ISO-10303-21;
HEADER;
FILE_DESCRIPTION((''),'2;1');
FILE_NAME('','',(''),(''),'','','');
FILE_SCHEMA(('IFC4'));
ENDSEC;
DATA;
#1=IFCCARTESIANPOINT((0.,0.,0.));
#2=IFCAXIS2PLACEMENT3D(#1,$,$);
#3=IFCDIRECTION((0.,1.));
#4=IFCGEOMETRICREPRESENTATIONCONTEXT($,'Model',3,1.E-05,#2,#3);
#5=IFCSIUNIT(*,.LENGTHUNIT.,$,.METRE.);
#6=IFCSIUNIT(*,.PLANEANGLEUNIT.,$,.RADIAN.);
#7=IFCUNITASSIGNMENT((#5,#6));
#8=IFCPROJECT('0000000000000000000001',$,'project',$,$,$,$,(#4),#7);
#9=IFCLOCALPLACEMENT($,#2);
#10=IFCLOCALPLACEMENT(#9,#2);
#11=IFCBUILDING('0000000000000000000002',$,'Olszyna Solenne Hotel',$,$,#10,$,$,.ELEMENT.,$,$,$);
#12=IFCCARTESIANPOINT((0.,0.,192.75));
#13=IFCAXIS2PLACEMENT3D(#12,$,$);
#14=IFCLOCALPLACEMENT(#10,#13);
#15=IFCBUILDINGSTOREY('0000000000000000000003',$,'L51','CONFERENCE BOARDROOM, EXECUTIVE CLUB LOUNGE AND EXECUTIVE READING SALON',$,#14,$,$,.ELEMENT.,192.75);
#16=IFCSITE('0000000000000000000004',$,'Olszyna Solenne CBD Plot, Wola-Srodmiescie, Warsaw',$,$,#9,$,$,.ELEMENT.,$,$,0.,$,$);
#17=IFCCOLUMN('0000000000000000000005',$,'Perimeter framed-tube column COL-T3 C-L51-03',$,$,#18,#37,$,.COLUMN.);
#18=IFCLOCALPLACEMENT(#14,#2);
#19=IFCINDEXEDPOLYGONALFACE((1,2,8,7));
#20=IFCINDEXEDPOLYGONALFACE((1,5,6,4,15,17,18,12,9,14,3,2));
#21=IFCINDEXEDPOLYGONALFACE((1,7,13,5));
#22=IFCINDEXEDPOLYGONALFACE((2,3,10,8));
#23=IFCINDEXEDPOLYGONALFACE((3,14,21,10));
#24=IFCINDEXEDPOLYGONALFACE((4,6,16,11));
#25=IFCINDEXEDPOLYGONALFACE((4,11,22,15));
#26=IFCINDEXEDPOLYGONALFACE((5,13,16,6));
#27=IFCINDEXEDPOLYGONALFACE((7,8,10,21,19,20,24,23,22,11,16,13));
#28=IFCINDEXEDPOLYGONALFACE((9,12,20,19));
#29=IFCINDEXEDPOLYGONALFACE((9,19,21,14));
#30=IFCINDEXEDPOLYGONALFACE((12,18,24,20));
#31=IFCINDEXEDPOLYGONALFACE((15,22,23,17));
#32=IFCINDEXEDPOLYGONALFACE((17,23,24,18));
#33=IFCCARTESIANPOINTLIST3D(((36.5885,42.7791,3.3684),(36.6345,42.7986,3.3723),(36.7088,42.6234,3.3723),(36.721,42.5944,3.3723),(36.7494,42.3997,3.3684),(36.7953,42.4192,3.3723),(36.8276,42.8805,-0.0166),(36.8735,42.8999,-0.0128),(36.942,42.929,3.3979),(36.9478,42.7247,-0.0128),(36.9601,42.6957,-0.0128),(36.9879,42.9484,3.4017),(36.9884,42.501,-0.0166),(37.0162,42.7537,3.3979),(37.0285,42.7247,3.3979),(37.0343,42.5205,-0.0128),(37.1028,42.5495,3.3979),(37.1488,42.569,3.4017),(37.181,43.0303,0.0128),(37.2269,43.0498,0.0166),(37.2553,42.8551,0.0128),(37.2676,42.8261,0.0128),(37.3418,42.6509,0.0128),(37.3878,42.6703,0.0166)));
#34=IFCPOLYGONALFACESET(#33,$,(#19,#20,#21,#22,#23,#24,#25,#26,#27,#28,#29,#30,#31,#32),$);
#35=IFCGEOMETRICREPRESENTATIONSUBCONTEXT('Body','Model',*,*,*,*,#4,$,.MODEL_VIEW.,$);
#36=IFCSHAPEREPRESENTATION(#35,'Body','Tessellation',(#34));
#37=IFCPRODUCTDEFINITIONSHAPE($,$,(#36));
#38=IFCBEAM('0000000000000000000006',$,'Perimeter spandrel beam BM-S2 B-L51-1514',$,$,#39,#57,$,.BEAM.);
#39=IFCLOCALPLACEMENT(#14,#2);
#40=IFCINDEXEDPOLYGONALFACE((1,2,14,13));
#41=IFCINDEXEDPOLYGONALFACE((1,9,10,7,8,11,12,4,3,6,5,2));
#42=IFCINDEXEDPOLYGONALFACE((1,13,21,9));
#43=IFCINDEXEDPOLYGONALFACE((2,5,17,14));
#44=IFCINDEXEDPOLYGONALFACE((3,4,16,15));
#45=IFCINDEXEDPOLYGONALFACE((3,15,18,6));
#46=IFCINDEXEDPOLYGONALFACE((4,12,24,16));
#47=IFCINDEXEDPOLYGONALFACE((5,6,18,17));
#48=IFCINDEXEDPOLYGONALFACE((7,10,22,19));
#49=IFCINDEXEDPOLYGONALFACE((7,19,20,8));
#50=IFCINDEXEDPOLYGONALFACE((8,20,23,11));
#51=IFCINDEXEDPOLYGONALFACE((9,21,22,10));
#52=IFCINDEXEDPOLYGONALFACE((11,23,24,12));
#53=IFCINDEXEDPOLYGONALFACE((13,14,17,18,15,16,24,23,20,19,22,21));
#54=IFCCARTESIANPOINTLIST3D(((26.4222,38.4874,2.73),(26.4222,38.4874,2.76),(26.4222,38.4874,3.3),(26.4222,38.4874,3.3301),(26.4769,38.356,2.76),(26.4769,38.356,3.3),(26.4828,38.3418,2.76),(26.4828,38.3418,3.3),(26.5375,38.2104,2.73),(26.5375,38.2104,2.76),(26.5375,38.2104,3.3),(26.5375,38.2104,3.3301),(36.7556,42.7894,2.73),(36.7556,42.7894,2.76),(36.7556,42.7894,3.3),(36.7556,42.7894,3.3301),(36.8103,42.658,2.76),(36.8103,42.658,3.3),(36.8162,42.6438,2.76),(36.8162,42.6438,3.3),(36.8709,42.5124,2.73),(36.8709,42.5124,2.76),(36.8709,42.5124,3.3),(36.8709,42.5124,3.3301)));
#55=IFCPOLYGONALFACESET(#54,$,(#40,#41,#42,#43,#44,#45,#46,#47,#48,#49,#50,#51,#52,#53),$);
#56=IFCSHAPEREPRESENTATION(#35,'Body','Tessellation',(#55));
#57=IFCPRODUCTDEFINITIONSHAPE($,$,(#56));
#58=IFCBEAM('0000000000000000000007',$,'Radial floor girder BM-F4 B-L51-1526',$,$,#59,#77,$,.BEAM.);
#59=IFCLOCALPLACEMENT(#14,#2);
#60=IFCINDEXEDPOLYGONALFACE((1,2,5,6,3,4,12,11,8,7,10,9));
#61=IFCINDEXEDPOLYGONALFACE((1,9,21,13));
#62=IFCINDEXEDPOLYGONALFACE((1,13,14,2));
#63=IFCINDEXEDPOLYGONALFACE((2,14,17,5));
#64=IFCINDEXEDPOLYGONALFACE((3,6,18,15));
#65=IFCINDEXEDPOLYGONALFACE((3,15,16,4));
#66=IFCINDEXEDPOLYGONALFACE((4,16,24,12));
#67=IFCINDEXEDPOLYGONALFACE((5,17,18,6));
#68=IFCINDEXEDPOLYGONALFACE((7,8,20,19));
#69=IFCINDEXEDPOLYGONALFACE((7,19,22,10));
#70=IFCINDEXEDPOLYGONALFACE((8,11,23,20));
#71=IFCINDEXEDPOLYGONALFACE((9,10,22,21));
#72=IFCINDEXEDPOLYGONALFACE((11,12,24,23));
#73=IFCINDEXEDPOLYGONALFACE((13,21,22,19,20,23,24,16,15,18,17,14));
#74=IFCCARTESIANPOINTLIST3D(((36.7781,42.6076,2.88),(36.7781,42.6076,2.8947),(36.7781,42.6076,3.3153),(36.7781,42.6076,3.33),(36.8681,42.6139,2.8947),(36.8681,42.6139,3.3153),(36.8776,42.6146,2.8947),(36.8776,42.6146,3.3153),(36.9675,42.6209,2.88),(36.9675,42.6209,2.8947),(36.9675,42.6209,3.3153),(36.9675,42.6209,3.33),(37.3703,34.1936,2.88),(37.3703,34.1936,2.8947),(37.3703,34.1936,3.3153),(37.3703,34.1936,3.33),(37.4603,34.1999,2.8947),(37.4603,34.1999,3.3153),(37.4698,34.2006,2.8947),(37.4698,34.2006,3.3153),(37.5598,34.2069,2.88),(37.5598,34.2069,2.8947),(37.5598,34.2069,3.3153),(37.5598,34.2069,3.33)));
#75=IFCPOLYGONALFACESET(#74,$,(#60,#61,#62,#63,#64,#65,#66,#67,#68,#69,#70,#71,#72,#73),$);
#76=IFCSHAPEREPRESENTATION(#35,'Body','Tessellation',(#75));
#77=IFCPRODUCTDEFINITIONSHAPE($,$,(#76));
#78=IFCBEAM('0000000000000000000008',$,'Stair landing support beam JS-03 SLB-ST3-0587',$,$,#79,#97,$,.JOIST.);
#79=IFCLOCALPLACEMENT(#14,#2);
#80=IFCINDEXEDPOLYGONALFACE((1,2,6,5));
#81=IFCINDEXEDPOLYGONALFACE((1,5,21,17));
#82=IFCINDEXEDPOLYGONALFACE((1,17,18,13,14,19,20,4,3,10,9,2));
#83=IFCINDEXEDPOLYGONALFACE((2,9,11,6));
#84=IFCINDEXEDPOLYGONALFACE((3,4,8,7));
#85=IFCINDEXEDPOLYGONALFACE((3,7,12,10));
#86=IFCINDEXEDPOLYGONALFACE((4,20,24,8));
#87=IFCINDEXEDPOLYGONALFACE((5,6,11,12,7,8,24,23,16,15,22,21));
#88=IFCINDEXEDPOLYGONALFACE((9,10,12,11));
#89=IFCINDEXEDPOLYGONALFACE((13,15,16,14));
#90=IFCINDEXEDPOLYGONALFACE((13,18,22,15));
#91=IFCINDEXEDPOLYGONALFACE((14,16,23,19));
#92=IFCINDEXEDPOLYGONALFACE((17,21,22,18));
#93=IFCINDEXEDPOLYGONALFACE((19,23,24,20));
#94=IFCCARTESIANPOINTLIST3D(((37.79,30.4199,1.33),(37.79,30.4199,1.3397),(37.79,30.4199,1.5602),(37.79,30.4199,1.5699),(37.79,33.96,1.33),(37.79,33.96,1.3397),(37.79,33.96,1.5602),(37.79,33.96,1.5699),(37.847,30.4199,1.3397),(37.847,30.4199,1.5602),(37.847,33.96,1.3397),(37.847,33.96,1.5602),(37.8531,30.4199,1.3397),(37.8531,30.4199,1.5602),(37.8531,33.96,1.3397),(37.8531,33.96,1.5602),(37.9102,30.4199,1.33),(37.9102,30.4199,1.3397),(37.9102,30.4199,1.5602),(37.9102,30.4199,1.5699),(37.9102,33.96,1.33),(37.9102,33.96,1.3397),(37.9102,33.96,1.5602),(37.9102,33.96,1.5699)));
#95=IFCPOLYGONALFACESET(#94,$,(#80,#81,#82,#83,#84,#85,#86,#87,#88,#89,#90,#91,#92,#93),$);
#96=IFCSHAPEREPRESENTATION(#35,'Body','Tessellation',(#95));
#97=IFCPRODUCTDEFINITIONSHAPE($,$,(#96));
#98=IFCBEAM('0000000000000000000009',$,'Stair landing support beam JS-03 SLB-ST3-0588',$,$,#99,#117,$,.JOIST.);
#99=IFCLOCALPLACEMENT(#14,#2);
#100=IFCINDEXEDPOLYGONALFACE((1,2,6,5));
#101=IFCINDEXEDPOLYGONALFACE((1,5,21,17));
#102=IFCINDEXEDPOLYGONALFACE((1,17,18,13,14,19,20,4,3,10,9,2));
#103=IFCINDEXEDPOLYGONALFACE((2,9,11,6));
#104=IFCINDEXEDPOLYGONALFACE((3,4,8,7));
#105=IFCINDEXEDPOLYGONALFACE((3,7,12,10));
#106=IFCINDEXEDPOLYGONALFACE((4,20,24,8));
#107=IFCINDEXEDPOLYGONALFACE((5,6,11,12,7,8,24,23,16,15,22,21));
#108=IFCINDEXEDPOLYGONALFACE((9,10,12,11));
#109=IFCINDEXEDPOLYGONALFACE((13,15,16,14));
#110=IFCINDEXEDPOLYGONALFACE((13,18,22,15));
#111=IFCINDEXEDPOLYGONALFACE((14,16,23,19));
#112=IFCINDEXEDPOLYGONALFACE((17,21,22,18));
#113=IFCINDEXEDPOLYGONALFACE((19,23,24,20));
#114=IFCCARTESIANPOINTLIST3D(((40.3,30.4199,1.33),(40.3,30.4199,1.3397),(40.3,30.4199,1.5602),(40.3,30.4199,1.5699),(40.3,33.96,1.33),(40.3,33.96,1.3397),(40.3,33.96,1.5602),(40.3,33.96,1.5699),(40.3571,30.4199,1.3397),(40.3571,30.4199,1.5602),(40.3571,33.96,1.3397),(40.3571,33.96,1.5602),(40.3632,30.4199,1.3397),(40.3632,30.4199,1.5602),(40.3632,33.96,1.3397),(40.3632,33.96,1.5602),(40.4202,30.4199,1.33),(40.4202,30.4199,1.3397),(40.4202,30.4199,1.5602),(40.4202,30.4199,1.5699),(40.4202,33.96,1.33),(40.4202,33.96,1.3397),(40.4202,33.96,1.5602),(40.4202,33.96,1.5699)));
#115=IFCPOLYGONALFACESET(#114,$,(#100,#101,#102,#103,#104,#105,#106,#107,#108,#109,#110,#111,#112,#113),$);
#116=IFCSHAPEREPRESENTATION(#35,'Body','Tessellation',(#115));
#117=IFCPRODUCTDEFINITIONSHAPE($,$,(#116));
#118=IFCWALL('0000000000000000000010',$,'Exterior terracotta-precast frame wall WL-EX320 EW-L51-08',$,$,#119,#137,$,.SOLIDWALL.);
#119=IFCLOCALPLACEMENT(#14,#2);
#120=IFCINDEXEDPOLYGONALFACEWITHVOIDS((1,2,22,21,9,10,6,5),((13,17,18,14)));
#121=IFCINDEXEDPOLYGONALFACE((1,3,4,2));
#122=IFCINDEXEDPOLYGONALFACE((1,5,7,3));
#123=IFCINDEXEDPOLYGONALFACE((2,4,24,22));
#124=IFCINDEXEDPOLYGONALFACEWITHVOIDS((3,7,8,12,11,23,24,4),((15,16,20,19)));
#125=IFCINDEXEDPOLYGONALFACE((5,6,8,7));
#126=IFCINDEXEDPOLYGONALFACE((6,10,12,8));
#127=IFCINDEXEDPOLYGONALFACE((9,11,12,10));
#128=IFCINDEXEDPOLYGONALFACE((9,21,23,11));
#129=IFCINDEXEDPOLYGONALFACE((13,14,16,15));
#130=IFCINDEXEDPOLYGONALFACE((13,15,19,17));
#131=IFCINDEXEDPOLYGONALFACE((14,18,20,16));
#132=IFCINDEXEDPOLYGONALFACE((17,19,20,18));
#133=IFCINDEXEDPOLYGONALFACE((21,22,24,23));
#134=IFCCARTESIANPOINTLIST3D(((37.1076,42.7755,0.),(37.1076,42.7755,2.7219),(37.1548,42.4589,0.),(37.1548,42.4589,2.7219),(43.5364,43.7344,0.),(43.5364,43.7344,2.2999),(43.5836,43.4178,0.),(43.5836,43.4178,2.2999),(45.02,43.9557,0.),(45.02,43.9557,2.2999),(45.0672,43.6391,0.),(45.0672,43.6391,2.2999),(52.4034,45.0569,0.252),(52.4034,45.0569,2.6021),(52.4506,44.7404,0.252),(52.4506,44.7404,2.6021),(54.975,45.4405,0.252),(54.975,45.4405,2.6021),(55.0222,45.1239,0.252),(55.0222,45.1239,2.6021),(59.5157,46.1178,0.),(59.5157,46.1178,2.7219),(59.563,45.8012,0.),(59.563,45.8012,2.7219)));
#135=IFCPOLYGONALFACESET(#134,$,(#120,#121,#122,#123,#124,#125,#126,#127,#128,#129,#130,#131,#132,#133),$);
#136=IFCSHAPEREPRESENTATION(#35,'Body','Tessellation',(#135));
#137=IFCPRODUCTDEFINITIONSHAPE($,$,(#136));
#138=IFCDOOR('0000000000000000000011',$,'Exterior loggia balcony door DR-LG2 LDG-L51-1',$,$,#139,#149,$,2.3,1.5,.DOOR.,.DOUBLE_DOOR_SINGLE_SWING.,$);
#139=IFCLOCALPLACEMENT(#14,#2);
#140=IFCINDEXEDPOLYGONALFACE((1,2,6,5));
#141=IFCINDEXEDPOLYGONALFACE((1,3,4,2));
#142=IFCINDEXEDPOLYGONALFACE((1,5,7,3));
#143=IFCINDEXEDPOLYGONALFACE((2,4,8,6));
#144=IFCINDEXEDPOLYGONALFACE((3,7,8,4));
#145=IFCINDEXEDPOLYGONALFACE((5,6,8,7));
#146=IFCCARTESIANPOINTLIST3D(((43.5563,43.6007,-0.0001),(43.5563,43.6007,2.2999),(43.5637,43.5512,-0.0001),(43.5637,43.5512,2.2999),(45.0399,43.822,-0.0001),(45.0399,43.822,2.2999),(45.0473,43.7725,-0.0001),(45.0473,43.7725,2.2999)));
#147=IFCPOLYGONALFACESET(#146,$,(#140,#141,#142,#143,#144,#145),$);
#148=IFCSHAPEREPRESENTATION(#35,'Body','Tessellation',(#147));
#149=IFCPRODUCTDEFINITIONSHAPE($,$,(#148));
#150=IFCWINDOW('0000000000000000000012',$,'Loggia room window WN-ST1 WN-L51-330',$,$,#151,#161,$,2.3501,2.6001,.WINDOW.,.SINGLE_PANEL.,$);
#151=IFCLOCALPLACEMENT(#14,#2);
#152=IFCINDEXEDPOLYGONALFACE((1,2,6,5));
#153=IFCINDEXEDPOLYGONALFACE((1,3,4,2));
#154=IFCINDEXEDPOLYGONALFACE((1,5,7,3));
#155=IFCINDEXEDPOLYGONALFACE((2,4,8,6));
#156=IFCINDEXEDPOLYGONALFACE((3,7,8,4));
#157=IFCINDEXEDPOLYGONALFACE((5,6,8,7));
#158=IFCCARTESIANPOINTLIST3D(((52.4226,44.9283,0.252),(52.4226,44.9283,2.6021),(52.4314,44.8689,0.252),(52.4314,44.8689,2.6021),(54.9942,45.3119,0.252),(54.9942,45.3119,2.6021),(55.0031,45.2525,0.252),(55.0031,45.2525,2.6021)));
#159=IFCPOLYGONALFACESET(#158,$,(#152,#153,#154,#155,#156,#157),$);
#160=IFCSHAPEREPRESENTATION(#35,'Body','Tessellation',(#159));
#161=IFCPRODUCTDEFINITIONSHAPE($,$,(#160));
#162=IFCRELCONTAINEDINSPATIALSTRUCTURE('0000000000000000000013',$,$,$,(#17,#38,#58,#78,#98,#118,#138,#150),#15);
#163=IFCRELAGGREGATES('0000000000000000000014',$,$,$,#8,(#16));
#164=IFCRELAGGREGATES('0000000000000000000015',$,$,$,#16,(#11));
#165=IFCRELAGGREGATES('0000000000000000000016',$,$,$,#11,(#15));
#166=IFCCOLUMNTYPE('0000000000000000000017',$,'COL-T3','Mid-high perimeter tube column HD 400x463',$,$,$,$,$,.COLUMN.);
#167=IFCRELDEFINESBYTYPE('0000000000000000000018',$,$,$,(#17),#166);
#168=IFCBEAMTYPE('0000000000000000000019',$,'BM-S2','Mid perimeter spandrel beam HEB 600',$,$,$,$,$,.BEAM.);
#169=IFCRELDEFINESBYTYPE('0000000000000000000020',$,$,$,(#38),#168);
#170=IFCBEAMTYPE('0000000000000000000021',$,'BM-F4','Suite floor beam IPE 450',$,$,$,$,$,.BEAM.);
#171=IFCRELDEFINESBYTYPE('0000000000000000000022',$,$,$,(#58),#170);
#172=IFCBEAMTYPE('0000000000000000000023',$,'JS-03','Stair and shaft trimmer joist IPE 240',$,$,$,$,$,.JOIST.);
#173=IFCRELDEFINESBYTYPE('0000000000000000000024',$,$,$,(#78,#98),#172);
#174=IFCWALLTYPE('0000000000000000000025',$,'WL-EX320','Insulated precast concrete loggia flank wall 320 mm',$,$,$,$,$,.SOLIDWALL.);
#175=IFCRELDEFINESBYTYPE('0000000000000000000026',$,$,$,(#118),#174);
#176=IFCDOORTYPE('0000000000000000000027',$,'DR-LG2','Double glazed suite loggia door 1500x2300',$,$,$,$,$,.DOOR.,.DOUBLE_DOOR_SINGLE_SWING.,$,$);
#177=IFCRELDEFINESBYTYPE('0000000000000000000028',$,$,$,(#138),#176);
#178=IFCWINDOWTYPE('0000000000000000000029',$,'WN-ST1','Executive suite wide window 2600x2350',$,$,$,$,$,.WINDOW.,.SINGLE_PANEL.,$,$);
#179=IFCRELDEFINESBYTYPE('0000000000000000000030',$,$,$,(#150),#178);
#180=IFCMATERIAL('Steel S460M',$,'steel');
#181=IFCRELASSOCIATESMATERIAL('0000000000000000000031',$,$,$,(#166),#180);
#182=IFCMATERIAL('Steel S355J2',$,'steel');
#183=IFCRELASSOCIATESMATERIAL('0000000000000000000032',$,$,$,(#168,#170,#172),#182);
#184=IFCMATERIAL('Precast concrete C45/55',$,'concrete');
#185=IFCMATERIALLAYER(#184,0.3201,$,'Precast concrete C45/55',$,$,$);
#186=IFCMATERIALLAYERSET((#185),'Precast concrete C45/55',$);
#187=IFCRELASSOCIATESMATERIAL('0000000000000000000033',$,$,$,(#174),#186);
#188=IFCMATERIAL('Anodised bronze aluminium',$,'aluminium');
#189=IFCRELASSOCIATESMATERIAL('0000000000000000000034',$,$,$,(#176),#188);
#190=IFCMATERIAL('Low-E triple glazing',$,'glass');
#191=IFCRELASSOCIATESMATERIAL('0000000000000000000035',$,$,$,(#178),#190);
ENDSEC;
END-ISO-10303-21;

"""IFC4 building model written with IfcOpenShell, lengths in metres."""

from ifc_helpers import new_model, si_unit, direction, frame, frame_2d, origin, origin_2d, place, context, subcontext, project, spatial, rectangle, i_section, extrude, source, transform, mapped, material, layer, layer_set, material_profile, profile_set, type_object, type_shapes, element, fill, save


model = new_model("IFC4")

# Units and contexts
model_context = context("Model", 3, precision=1e-05, world=origin(), true_north=direction((0.0, 1.0)))
body_context = subcontext(model_context, "Body", "Model", "MODEL_VIEW")
ifc_project = project(units=[si_unit("LENGTHUNIT", "METRE"), si_unit("PLANEANGLEUNIT", "RADIAN")], contexts=[model_context])

# Site, building, storey
site_placement = place(None, origin())
site = spatial("IfcSite", under=ifc_project, at=site_placement, Name="Olszyna Solenne CBD Plot, Wola-Srodmiescie, Warsaw", CompositionType="ELEMENT", RefElevation=0.0)
building_placement = place(site_placement, origin())
building = spatial("IfcBuilding", under=site, at=building_placement, Name="Olszyna Solenne Hotel", CompositionType="ELEMENT")
storey_placement = place(building_placement, frame((0.0, 0.0, 192.75)))
storey = spatial("IfcBuildingStorey", under=building, at=storey_placement, Name="L51", Description="CONFERENCE BOARDROOM, EXECUTIVE CLUB LOUNGE AND EXECUTIVE READING SALON", CompositionType="ELEMENT", Elevation=192.75)

# Column
ifc_material_1 = material(Name="Steel S460M", Category="steel")
ifc_material_profile_1 = material_profile(ifc_material_1, i_section(OverallWidth=0.4121, OverallDepth=0.4351, WebThickness=0.0315, FlangeThickness=0.05, at=origin_2d()), Name="HD 400x463", Category="load-bearing")
ifc_profile_set_1 = profile_set([ifc_material_profile_1], Name="Steel S460M")
column_type = type_object("IfcColumnType", Name="COL-T3", Description="Mid-high perimeter tube column HD 400x463", PredefinedType="COLUMN", material=ifc_profile_set_1)
shared_shape_1 = source(origin(), body_context, "Body", "SweptSolid", [
    extrude(i_section(OverallWidth=0.4121, OverallDepth=0.4351, WebThickness=0.0315, FlangeThickness=0.05, at=origin_2d()), origin(), (0.0, 0.0, 1.0), 3.395),
])
column_placement = place(storey_placement, frame((37.1077, 42.7754, 0.0), z_axis=(-0.070403, -0.029844, 0.997072), x_axis=(0.390284, -0.920694, 0.0)))
element("IfcColumn", 1, at=column_placement, inside=storey, type_object=column_type, Name="Perimeter framed-tube column COL-T3 C-L51-03", PredefinedType="COLUMN", context=body_context, shape_type="MappedRepresentation", body=[
    mapped(shared_shape_1, transform((0.0, 0.0, 0.0), x_axis=(1.0, 0.0, 0.0), y_axis=(0.0, 1.0, 0.0), z_axis=(0.0, 0.0, 1.0), scale=1.0)),
])

# Beams
ifc_material_2 = material(Name="Steel S355J2", Category="steel")
ifc_material_profile_2 = material_profile(ifc_material_2, i_section(OverallWidth=0.3, OverallDepth=0.6001, WebThickness=0.0154, FlangeThickness=0.03, at=origin_2d()), Name="HEB 600", Category="load-bearing")
ifc_profile_set_2 = profile_set([ifc_material_profile_2], Name="Steel S355J2")
beam_type_1 = type_object("IfcBeamType", Name="BM-S2", Description="Mid perimeter spandrel beam HEB 600", PredefinedType="BEAM", material=ifc_profile_set_2)
shared_shape_2 = source(origin(), body_context, "Body", "SweptSolid", [
    extrude(i_section(OverallWidth=0.3, OverallDepth=0.6001, WebThickness=0.0154, FlangeThickness=0.03, at=origin_2d()), origin(), (0.0, 0.0, 1.0), 11.1931),
])
beam_1_placement = place(storey_placement, frame((36.8132, 42.6509, 3.03), z_axis=(-0.923192, -0.38434, 0.0), x_axis=(0.38434, -0.923192, 0.0)))
element("IfcBeam", 2, at=beam_1_placement, inside=storey, type_object=beam_type_1, Name="Perimeter spandrel beam BM-S2 B-L51-1514", PredefinedType="BEAM", context=body_context, shape_type="MappedRepresentation", body=[
    mapped(shared_shape_2, transform((0.0, 0.0, 0.0), x_axis=(1.0, 0.0, 0.0), y_axis=(0.0, 1.0, 0.0), z_axis=(0.0, 0.0, 1.0), scale=1.0)),
])
ifc_material_profile_3 = material_profile(ifc_material_2, i_section(OverallWidth=0.1899, OverallDepth=0.45, WebThickness=0.0095, FlangeThickness=0.0146, at=origin_2d()), Name="IPE 450", Category="load-bearing")
ifc_profile_set_3 = profile_set([ifc_material_profile_3], Name="Steel S355J2")
beam_type_2 = type_object("IfcBeamType", Name="BM-F4", Description="Suite floor beam IPE 450", PredefinedType="BEAM", material=ifc_profile_set_3)
shared_shape_3 = source(origin(), body_context, "Body", "SweptSolid", [
    extrude(i_section(OverallWidth=0.1899, OverallDepth=0.45, WebThickness=0.0095, FlangeThickness=0.0146, at=origin_2d()), origin(), (0.0, 0.0, 1.0), 8.4348),
])
beam_2_placement = place(storey_placement, frame((36.8728, 42.6143, 3.105), z_axis=(0.070219, -0.997532, 0.0), x_axis=(0.997532, 0.070219, 0.0)))
element("IfcBeam", 3, at=beam_2_placement, inside=storey, type_object=beam_type_2, Name="Radial floor girder BM-F4 B-L51-1526", PredefinedType="BEAM", context=body_context, shape_type="MappedRepresentation", body=[
    mapped(shared_shape_3, transform((0.0, 0.0, 0.0), x_axis=(1.0, 0.0, 0.0), y_axis=(0.0, 1.0, 0.0), z_axis=(0.0, 0.0, 1.0), scale=1.0)),
])
ifc_material_profile_4 = material_profile(ifc_material_2, i_section(OverallWidth=0.1201, OverallDepth=0.24, WebThickness=0.0061, FlangeThickness=0.0098, at=origin_2d()), Name="IPE 240", Category="load-bearing")
ifc_profile_set_4 = profile_set([ifc_material_profile_4], Name="Steel S355J2")
beam_type_3 = type_object("IfcBeamType", Name="JS-03", Description="Stair and shaft trimmer joist IPE 240", PredefinedType="JOIST", material=ifc_profile_set_4)
shared_shape_4 = source(origin(), body_context, "Body", "SweptSolid", [
    extrude(i_section(OverallWidth=0.1201, OverallDepth=0.24, WebThickness=0.0061, FlangeThickness=0.0098, at=origin_2d()), origin(), (0.0, 0.0, 1.0), 3.54),
])
for number, where, z_axis, x_axis, name in (
    (4, (37.8501, 30.4199, 1.45), (0.0, 1.0, 0.0), (-1.0, 0.0, 0.0), "Stair landing support beam JS-03 SLB-ST3-0587"),
    (5, (40.3601, 30.4199, 1.45), (0.0, 1.0, 0.0), (-1.0, 0.0, 0.0), "Stair landing support beam JS-03 SLB-ST3-0588"),
):
    element("IfcBeam", number, at=place(storey_placement, frame(where, z_axis=z_axis, x_axis=x_axis)), inside=storey, type_object=beam_type_3, Name=name, PredefinedType="JOIST", context=body_context, shape_type="MappedRepresentation", body=[
        mapped(shared_shape_4, transform((0.0, 0.0, 0.0), x_axis=(1.0, 0.0, 0.0), y_axis=(0.0, 1.0, 0.0), z_axis=(0.0, 0.0, 1.0), scale=1.0)),
    ])

# Wall, openings, door, window
ifc_material_3 = material(Name="Precast concrete C45/55", Category="concrete")
ifc_layer_1 = layer(ifc_material_3, 0.3201, Name="Precast concrete C45/55")
ifc_layer_set_1 = layer_set([ifc_layer_1], Name="Precast concrete C45/55")
wall_type_1 = type_object("IfcWallType", Name="WL-EX320", Description="Insulated precast concrete loggia flank wall 320 mm", PredefinedType="SOLIDWALL", material=ifc_layer_set_1)
wall_1_placement = place(storey_placement, frame((37.1311, 42.6172, 0.0), z_axis=(0.0, 0.0, 1.0), x_axis=(0.989059, 0.147523, 0.0)))
wall_1 = element("IfcWall", 6, at=wall_1_placement, inside=storey, type_object=wall_type_1, Name="Exterior terracotta-precast frame wall WL-EX320 EW-L51-08", PredefinedType="SOLIDWALL", context=body_context, shape_type="SweptSolid", body=[
    extrude(rectangle(XDim=22.656, YDim=0.3201, at=frame_2d((11.3281, 0.0))), origin(), (0.0, 0.0, 1.0), 2.7219),
])
opening_1_placement = place(wall_1_placement, frame((6.5, 0.0, 0.0)))
opening_1 = element("IfcOpeningElement", 7, at=opening_1_placement, cuts=wall_1, PredefinedType="OPENING", context=body_context, shape_type="SweptSolid", body=[
    extrude(rectangle(XDim=1.5, YDim=2.3, at=frame_2d((0.75, 1.1499))), frame((0.0, 0.1699, 0.0), z_axis=(0.0, -1.0, 0.0), x_axis=(1.0, 0.0, 0.0)), (0.0, 0.0, 1.0), 0.3401),
])
opening_2_placement = place(wall_1_placement, frame((15.4651, 0.0, 0.252)))
opening_2 = element("IfcOpeningElement", 8, at=opening_2_placement, cuts=wall_1, PredefinedType="OPENING", context=body_context, shape_type="SweptSolid", body=[
    extrude(rectangle(XDim=2.6001, YDim=2.3501, at=frame_2d((1.3, 1.175))), frame((0.0, 0.1699, 0.0), z_axis=(0.0, -1.0, 0.0), x_axis=(1.0, 0.0, 0.0)), (0.0, 0.0, 1.0), 0.3401),
])
ifc_material_4 = material(Name="Anodised bronze aluminium", Category="aluminium")
door_type_1 = type_object("IfcDoorType", Name="DR-LG2", Description="Double glazed suite loggia door 1500x2300", OperationType="DOUBLE_DOOR_SINGLE_SWING", PredefinedType="DOOR", material=ifc_material_4)
shared_shape_5 = source(origin(), body_context, "Body", "SweptSolid", [
    extrude(rectangle(XDim=1.5, YDim=2.3, at=frame_2d((0.75, 1.1499))), frame((0.0, 0.0249, 0.0), z_axis=(0.0, -1.0, 0.0), x_axis=(1.0, 0.0, 0.0)), (0.0, 0.0, 1.0), 0.05),
])
type_shapes(door_type_1, [shared_shape_5])
door_1_placement = place(opening_1_placement, origin())
door_1 = element("IfcDoor", 9, at=door_1_placement, inside=storey, type_object=door_type_1, Name="Exterior loggia balcony door DR-LG2 LDG-L51-1", OperationType="DOUBLE_DOOR_SINGLE_SWING", OverallHeight=2.3, OverallWidth=1.5, PredefinedType="DOOR", context=body_context, shape_type="MappedRepresentation", body=[
    mapped(shared_shape_5, transform((0.0, 0.0, 0.0), x_axis=(1.0, 0.0, 0.0), y_axis=(0.0, 1.0, 0.0), z_axis=(0.0, 0.0, 1.0), scale=1.0)),
])
fill(opening_1, door_1)
ifc_material_5 = material(Name="Low-E triple glazing", Category="glass")
window_type = type_object("IfcWindowType", Name="WN-ST1", Description="Executive suite wide window 2600x2350", PartitioningType="SINGLE_PANEL", PredefinedType="WINDOW", material=ifc_material_5)
shared_shape_6 = source(origin(), body_context, "Body", "SweptSolid", [
    extrude(rectangle(XDim=2.6001, YDim=2.3501, at=frame_2d((1.3, 1.175))), frame((0.0, 0.03, 0.0), z_axis=(0.0, -1.0, 0.0), x_axis=(1.0, 0.0, 0.0)), (0.0, 0.0, 1.0), 0.0601),
])
type_shapes(window_type, [shared_shape_6])
window_placement = place(opening_2_placement, origin())
window = element("IfcWindow", 10, at=window_placement, inside=storey, type_object=window_type, Name="Loggia room window WN-ST1 WN-L51-330", OverallHeight=2.3501, OverallWidth=2.6001, PartitioningType="SINGLE_PANEL", PredefinedType="WINDOW", context=body_context, shape_type="MappedRepresentation", body=[
    mapped(shared_shape_6, transform((0.0, 0.0, 0.0), x_axis=(1.0, 0.0, 0.0), y_axis=(0.0, 1.0, 0.0), z_axis=(0.0, 0.0, 1.0), scale=1.0)),
])
fill(opening_2, window)

save(model, "model.ifc")
